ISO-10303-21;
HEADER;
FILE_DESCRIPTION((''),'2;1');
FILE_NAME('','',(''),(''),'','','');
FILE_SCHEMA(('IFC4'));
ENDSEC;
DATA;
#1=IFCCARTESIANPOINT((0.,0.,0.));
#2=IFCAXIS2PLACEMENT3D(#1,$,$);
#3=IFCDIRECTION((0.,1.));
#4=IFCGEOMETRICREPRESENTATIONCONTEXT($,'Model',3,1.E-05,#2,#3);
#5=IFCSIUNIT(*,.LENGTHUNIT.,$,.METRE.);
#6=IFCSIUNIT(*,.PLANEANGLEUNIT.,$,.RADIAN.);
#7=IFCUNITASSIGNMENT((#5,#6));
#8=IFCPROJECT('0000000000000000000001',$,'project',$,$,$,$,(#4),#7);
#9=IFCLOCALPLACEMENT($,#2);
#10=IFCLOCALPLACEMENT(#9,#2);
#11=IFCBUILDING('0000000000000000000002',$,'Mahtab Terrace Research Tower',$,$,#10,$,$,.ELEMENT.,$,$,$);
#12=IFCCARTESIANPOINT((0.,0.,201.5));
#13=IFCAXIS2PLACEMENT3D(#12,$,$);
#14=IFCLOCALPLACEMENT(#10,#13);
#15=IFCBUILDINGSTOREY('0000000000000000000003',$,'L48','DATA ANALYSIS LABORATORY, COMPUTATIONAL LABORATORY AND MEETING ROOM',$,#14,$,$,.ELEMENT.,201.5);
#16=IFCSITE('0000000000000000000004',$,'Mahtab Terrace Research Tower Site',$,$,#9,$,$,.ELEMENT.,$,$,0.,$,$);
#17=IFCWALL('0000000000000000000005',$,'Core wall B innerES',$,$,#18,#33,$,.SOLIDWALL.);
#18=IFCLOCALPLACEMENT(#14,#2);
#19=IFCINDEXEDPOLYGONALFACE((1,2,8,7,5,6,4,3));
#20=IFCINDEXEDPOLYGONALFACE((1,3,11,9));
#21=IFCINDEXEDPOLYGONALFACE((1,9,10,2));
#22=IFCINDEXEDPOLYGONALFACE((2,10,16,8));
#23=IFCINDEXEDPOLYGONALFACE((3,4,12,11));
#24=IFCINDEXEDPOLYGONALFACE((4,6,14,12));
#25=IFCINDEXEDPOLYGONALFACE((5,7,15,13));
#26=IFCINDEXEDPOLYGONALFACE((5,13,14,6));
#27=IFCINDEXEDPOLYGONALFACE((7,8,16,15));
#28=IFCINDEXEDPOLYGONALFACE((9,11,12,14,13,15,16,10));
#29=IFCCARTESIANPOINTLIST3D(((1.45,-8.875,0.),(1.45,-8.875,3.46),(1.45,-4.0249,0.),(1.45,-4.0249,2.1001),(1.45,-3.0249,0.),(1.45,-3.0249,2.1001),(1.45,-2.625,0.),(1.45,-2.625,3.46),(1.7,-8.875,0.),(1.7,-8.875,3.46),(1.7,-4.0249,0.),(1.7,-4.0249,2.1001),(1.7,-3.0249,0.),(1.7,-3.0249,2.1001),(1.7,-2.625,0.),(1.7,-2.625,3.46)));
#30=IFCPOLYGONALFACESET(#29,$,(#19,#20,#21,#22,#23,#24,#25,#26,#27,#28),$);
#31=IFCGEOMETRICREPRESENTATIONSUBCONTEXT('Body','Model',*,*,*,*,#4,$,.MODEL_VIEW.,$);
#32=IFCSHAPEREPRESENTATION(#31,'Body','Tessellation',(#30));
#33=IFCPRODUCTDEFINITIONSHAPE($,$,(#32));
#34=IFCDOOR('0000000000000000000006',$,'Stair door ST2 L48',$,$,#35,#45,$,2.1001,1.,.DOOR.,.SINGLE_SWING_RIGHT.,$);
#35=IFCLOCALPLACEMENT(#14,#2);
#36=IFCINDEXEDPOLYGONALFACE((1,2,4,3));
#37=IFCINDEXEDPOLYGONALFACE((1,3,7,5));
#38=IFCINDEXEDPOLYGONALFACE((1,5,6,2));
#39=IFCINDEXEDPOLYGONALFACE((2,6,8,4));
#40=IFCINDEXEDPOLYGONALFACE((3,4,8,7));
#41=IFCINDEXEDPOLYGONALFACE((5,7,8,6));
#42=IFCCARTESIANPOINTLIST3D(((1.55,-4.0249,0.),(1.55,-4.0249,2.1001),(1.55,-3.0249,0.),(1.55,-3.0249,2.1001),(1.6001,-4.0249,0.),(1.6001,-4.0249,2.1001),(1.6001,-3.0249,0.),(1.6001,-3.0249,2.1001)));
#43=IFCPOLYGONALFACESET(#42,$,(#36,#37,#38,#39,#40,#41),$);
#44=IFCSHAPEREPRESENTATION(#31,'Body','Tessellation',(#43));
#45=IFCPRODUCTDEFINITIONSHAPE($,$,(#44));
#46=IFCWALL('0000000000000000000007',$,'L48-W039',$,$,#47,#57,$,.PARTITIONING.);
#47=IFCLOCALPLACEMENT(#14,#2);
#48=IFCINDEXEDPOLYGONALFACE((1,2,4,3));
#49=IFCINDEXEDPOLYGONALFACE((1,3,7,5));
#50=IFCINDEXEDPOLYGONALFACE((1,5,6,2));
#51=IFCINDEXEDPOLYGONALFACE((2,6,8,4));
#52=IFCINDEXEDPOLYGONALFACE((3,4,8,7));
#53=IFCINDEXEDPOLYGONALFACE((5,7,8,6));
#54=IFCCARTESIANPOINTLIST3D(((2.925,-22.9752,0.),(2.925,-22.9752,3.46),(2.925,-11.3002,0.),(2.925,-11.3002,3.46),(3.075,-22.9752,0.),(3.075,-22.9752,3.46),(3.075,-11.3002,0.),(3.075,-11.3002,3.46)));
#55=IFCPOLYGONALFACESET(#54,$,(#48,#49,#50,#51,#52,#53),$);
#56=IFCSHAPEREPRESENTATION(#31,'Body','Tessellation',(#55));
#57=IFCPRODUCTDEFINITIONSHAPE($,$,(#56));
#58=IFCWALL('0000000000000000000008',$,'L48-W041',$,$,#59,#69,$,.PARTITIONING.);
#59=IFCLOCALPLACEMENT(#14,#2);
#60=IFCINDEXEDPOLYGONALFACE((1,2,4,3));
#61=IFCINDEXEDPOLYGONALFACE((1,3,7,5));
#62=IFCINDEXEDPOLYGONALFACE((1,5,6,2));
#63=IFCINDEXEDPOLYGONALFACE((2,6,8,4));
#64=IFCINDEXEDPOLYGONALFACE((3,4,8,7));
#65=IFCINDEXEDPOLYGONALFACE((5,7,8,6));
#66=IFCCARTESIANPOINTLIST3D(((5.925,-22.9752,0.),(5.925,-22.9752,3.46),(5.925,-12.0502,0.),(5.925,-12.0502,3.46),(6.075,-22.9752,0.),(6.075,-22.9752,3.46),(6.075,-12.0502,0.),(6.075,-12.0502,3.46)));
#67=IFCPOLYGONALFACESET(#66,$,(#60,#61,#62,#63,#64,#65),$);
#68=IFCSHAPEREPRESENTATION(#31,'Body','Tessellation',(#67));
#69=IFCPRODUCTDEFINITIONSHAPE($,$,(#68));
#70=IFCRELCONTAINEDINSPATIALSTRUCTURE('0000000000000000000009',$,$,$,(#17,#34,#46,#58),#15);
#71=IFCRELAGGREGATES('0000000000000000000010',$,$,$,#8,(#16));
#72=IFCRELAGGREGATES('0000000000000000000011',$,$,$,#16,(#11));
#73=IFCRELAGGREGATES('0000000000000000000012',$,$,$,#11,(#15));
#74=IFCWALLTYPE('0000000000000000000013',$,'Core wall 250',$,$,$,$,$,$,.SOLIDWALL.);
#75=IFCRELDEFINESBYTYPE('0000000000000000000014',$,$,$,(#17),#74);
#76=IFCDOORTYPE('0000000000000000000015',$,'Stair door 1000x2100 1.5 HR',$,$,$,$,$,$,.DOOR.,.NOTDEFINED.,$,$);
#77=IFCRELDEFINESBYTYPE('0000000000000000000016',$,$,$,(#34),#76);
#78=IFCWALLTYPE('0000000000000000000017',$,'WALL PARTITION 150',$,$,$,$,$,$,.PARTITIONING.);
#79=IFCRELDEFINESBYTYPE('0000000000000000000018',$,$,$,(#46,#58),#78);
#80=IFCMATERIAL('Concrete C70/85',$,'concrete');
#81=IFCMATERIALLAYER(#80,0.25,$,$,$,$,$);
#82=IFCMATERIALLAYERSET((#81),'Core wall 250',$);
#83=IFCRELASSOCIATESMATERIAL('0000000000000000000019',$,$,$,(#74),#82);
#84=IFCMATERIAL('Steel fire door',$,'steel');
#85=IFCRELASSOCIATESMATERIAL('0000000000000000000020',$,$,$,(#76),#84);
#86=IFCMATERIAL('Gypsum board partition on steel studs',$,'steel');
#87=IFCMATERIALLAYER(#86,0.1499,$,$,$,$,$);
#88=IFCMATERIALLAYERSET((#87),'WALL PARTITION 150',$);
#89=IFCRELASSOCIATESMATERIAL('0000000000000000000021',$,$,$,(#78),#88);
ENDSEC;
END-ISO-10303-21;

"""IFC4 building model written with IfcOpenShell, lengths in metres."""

from ifc_helpers import new_model, si_unit, direction, frame, frame_2d, origin, place, context, subcontext, project, spatial, rectangle, extrude, material, layer, layer_set, type_object, element, fill, save


model = new_model("IFC4")

# Units and contexts
model_context = context("Model", 3, precision=1e-05, world=origin(), true_north=direction((0.0, 1.0)))
body_context = subcontext(model_context, "Body", "Model", "MODEL_VIEW")
ifc_project = project(units=[si_unit("LENGTHUNIT", "METRE"), si_unit("PLANEANGLEUNIT", "RADIAN")], contexts=[model_context])

# Site, building, storey
site_placement = place(None, origin())
site = spatial("IfcSite", under=ifc_project, at=site_placement, Name="Mahtab Terrace Research Tower Site", CompositionType="ELEMENT", RefElevation=0.0)
building_placement = place(site_placement, origin())
building = spatial("IfcBuilding", under=site, at=building_placement, Name="Mahtab Terrace Research Tower", CompositionType="ELEMENT")
storey_placement = place(building_placement, frame((0.0, 0.0, 201.5)))
storey = spatial("IfcBuildingStorey", under=building, at=storey_placement, Name="L48", Description="DATA ANALYSIS LABORATORY, COMPUTATIONAL LABORATORY AND MEETING ROOM", CompositionType="ELEMENT", Elevation=201.5)

# Shared definitions
ifc_material_1 = material(Name="Concrete C70/85", Category="concrete")

# Shared definitions
ifc_layer_1 = layer(ifc_material_1, 0.25)
ifc_layer_set_1 = layer_set([ifc_layer_1], Name="Core wall 250")
wall_type_1 = type_object("IfcWallType", Name="Core wall 250", PredefinedType="SOLIDWALL", material=ifc_layer_set_1)

# Shared definitions
ifc_material_2 = material(Name="Steel fire door", Category="steel")

# Wall, opening, door
wall_1_placement = place(storey_placement, frame((1.575, -8.875, 0.0), z_axis=(0.0, 0.0, 1.0), x_axis=(0.0, 1.0, 0.0)))
wall_1 = element("IfcWall", 1, at=wall_1_placement, inside=storey, type_object=wall_type_1, Name="Core wall B innerES", PredefinedType="SOLIDWALL", context=body_context, shape_type="SweptSolid", body=[
    extrude(rectangle(XDim=6.25, YDim=0.25, at=frame_2d((3.125, 0.0))), origin(), (0.0, 0.0, 1.0), 3.46),
])
opening_1_placement = place(wall_1_placement, frame((4.8501, 0.0, 0.0)))
opening_1 = element("IfcOpeningElement", 2, at=opening_1_placement, cuts=wall_1, PredefinedType="OPENING", context=body_context, shape_type="SweptSolid", body=[
    extrude(rectangle(XDim=1.0, YDim=2.1001, at=frame_2d((0.5, 1.05))), frame((0.0, 0.135, 0.0), z_axis=(0.0, -1.0, 0.0), x_axis=(1.0, 0.0, 0.0)), (0.0, 0.0, 1.0), 0.27),
])
door_type_1 = type_object("IfcDoorType", Name="Stair door 1000x2100 1.5 HR", OperationType="NOTDEFINED", PredefinedType="DOOR", material=ifc_material_2)
door_1_placement = place(opening_1_placement, origin())
door_1 = element("IfcDoor", 3, at=door_1_placement, inside=storey, type_object=door_type_1, Name="Stair door ST2 L48", OperationType="SINGLE_SWING_RIGHT", OverallHeight=2.1001, OverallWidth=1.0, PredefinedType="DOOR", context=body_context, shape_type="SweptSolid", body=[
    extrude(rectangle(XDim=1.0, YDim=2.1001, at=frame_2d((0.5, 1.05))), frame((0.0, 0.0249, 0.0), z_axis=(0.0, -1.0, 0.0), x_axis=(1.0, 0.0, 0.0)), (0.0, 0.0, 1.0), 0.05),
])
fill(opening_1, door_1)

# Walls
ifc_material_3 = material(Name="Gypsum board partition on steel studs", Category="steel")
ifc_layer_2 = layer(ifc_material_3, 0.1499)
ifc_layer_set_2 = layer_set([ifc_layer_2], Name="WALL PARTITION 150")
wall_type_2 = type_object("IfcWallType", Name="WALL PARTITION 150", PredefinedType="PARTITIONING", material=ifc_layer_set_2)
wall_2_placement = place(storey_placement, frame((3.0, -22.9751, 0.0), z_axis=(0.0, 0.0, 1.0), x_axis=(0.0, 1.0, 0.0)))
element("IfcWall", 4, at=wall_2_placement, inside=storey, type_object=wall_type_2, Name="L48-W039", PredefinedType="PARTITIONING", context=body_context, shape_type="SweptSolid", body=[
    extrude(rectangle(XDim=11.675, YDim=0.1499, at=frame_2d((5.8374, 0.0))), origin(), (0.0, 0.0, 1.0), 3.46),
])
wall_3_placement = place(storey_placement, frame((6.0, -22.9751, 0.0), z_axis=(0.0, 0.0, 1.0), x_axis=(0.0, 1.0, 0.0)))
element("IfcWall", 5, at=wall_3_placement, inside=storey, type_object=wall_type_2, Name="L48-W041", PredefinedType="PARTITIONING", context=body_context, shape_type="SweptSolid", body=[
    extrude(rectangle(XDim=10.925, YDim=0.1499, at=frame_2d((5.4624, 0.0))), origin(), (0.0, 0.0, 1.0), 3.46),
])

save(model, "model.ifc")
